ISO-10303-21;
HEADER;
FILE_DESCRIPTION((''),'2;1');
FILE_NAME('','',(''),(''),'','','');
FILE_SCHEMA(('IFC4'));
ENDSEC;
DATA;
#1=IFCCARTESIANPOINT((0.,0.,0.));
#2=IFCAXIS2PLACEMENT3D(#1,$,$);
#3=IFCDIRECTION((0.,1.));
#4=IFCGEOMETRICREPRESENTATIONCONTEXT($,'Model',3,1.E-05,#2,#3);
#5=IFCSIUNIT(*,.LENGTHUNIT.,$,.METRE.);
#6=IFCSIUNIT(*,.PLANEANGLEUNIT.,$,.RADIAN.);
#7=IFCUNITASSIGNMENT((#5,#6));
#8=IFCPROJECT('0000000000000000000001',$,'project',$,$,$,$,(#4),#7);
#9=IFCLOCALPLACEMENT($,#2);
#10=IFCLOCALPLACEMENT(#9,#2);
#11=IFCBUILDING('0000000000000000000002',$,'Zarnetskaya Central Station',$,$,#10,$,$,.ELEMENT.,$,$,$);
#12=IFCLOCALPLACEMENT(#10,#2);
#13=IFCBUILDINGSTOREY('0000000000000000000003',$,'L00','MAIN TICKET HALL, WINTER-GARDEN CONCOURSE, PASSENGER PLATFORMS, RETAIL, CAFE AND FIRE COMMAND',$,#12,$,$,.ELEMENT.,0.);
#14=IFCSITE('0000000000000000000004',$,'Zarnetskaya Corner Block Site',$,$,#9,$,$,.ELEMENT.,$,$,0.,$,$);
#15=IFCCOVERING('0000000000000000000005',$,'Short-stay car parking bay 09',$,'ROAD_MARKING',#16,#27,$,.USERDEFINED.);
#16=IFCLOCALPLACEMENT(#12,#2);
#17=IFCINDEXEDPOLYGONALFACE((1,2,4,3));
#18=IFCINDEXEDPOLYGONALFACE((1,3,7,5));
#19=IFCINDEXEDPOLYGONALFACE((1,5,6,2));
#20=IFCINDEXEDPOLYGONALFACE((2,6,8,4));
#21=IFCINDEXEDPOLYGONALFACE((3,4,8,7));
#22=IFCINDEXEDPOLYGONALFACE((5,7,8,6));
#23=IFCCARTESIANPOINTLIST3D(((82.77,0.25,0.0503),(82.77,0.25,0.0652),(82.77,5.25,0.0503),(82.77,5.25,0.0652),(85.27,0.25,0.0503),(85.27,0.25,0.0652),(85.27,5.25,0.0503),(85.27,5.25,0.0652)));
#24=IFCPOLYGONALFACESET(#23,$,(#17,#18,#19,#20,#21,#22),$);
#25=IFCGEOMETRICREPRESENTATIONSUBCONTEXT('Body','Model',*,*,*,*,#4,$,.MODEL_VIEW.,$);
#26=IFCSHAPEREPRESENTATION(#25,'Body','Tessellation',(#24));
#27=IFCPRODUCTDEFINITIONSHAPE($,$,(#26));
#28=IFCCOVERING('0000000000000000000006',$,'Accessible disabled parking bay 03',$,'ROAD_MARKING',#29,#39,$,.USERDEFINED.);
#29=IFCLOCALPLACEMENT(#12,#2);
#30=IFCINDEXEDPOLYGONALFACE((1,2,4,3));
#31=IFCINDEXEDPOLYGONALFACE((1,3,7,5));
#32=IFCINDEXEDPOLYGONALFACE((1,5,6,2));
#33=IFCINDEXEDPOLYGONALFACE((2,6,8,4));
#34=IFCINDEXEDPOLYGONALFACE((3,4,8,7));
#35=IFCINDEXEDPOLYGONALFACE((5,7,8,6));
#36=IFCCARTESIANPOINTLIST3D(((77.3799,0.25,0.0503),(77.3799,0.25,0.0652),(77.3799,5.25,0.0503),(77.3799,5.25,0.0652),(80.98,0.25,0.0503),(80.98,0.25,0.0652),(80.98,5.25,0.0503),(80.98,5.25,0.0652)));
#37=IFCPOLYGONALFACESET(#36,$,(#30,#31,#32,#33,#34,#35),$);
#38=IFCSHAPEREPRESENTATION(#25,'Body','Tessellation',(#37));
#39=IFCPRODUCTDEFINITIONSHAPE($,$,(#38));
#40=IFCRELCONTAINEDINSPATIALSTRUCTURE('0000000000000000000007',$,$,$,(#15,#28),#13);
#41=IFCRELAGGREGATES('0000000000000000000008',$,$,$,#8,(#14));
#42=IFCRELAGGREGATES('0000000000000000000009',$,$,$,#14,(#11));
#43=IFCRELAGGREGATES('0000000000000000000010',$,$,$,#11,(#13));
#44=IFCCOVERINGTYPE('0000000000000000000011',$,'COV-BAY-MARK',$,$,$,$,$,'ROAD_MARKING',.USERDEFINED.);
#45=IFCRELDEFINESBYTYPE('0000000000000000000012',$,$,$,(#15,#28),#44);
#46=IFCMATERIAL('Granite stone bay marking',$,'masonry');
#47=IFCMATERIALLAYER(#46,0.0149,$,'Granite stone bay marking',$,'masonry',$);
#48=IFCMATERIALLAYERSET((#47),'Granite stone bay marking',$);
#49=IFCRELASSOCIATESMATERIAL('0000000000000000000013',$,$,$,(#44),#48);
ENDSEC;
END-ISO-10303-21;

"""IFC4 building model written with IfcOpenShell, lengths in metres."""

from ifc_helpers import new_model, si_unit, direction, frame, origin, origin_2d, place, context, subcontext, project, spatial, rectangle, extrude, material, layer, layer_set, type_object, element, save


model = new_model("IFC4")

# Units and contexts
model_context = context("Model", 3, precision=1e-05, world=origin(), true_north=direction((0.0, 1.0)))
body_context = subcontext(model_context, "Body", "Model", "MODEL_VIEW")
ifc_project = project(units=[si_unit("LENGTHUNIT", "METRE"), si_unit("PLANEANGLEUNIT", "RADIAN")], contexts=[model_context])

# Site, building, storey
site_placement = place(None, origin())
site = spatial("IfcSite", under=ifc_project, at=site_placement, Name="Zarnetskaya Corner Block Site", CompositionType="ELEMENT", RefElevation=0.0)
building_placement = place(site_placement, origin())
building = spatial("IfcBuilding", under=site, at=building_placement, Name="Zarnetskaya Central Station", CompositionType="ELEMENT")
storey_placement = place(building_placement, origin())
storey = spatial("IfcBuildingStorey", under=building, at=storey_placement, Name="L00", Description="MAIN TICKET HALL, WINTER-GARDEN CONCOURSE, PASSENGER PLATFORMS, RETAIL, CAFE AND FIRE COMMAND", CompositionType="ELEMENT", Elevation=0.0)

# Coverings
ifc_material_1 = material(Name="Granite stone bay marking", Category="masonry")
ifc_layer_1 = layer(ifc_material_1, 0.0149, Name="Granite stone bay marking", Category="masonry")
ifc_layer_set_1 = layer_set([ifc_layer_1], Name="Granite stone bay marking")
covering_type = type_object("IfcCoveringType", Name="COV-BAY-MARK", ElementType="ROAD_MARKING", PredefinedType="USERDEFINED", material=ifc_layer_set_1)
for number, where, z_axis, x_axis, name in (
    (1, (84.02, 2.75, 0.0503), (0.0, 0.0, 1.0), (1.0, 0.0, 0.0), "Short-stay car parking bay 09"),
):
    element("IfcCovering", number, at=place(storey_placement, frame(where, z_axis=z_axis, x_axis=x_axis)), inside=storey, type_object=covering_type, Name=name, ObjectType="ROAD_MARKING", PredefinedType="USERDEFINED", context=body_context, shape_type="SweptSolid", body=[
        extrude(rectangle(XDim=2.5, YDim=5.0, at=origin_2d()), origin(), (0.0, 0.0, 1.0), 0.0149),
    ])
covering_placement = place(storey_placement, frame((79.1799, 2.75, 0.0503), z_axis=(0.0, 0.0, 1.0), x_axis=(1.0, 0.0, 0.0)))
element("IfcCovering", 2, at=covering_placement, inside=storey, type_object=covering_type, Name="Accessible disabled parking bay 03", ObjectType="ROAD_MARKING", PredefinedType="USERDEFINED", context=body_context, shape_type="SweptSolid", body=[
    extrude(rectangle(XDim=3.6001, YDim=5.0, at=origin_2d()), origin(), (0.0, 0.0, 1.0), 0.0149),
])

save(model, "model.ifc")
